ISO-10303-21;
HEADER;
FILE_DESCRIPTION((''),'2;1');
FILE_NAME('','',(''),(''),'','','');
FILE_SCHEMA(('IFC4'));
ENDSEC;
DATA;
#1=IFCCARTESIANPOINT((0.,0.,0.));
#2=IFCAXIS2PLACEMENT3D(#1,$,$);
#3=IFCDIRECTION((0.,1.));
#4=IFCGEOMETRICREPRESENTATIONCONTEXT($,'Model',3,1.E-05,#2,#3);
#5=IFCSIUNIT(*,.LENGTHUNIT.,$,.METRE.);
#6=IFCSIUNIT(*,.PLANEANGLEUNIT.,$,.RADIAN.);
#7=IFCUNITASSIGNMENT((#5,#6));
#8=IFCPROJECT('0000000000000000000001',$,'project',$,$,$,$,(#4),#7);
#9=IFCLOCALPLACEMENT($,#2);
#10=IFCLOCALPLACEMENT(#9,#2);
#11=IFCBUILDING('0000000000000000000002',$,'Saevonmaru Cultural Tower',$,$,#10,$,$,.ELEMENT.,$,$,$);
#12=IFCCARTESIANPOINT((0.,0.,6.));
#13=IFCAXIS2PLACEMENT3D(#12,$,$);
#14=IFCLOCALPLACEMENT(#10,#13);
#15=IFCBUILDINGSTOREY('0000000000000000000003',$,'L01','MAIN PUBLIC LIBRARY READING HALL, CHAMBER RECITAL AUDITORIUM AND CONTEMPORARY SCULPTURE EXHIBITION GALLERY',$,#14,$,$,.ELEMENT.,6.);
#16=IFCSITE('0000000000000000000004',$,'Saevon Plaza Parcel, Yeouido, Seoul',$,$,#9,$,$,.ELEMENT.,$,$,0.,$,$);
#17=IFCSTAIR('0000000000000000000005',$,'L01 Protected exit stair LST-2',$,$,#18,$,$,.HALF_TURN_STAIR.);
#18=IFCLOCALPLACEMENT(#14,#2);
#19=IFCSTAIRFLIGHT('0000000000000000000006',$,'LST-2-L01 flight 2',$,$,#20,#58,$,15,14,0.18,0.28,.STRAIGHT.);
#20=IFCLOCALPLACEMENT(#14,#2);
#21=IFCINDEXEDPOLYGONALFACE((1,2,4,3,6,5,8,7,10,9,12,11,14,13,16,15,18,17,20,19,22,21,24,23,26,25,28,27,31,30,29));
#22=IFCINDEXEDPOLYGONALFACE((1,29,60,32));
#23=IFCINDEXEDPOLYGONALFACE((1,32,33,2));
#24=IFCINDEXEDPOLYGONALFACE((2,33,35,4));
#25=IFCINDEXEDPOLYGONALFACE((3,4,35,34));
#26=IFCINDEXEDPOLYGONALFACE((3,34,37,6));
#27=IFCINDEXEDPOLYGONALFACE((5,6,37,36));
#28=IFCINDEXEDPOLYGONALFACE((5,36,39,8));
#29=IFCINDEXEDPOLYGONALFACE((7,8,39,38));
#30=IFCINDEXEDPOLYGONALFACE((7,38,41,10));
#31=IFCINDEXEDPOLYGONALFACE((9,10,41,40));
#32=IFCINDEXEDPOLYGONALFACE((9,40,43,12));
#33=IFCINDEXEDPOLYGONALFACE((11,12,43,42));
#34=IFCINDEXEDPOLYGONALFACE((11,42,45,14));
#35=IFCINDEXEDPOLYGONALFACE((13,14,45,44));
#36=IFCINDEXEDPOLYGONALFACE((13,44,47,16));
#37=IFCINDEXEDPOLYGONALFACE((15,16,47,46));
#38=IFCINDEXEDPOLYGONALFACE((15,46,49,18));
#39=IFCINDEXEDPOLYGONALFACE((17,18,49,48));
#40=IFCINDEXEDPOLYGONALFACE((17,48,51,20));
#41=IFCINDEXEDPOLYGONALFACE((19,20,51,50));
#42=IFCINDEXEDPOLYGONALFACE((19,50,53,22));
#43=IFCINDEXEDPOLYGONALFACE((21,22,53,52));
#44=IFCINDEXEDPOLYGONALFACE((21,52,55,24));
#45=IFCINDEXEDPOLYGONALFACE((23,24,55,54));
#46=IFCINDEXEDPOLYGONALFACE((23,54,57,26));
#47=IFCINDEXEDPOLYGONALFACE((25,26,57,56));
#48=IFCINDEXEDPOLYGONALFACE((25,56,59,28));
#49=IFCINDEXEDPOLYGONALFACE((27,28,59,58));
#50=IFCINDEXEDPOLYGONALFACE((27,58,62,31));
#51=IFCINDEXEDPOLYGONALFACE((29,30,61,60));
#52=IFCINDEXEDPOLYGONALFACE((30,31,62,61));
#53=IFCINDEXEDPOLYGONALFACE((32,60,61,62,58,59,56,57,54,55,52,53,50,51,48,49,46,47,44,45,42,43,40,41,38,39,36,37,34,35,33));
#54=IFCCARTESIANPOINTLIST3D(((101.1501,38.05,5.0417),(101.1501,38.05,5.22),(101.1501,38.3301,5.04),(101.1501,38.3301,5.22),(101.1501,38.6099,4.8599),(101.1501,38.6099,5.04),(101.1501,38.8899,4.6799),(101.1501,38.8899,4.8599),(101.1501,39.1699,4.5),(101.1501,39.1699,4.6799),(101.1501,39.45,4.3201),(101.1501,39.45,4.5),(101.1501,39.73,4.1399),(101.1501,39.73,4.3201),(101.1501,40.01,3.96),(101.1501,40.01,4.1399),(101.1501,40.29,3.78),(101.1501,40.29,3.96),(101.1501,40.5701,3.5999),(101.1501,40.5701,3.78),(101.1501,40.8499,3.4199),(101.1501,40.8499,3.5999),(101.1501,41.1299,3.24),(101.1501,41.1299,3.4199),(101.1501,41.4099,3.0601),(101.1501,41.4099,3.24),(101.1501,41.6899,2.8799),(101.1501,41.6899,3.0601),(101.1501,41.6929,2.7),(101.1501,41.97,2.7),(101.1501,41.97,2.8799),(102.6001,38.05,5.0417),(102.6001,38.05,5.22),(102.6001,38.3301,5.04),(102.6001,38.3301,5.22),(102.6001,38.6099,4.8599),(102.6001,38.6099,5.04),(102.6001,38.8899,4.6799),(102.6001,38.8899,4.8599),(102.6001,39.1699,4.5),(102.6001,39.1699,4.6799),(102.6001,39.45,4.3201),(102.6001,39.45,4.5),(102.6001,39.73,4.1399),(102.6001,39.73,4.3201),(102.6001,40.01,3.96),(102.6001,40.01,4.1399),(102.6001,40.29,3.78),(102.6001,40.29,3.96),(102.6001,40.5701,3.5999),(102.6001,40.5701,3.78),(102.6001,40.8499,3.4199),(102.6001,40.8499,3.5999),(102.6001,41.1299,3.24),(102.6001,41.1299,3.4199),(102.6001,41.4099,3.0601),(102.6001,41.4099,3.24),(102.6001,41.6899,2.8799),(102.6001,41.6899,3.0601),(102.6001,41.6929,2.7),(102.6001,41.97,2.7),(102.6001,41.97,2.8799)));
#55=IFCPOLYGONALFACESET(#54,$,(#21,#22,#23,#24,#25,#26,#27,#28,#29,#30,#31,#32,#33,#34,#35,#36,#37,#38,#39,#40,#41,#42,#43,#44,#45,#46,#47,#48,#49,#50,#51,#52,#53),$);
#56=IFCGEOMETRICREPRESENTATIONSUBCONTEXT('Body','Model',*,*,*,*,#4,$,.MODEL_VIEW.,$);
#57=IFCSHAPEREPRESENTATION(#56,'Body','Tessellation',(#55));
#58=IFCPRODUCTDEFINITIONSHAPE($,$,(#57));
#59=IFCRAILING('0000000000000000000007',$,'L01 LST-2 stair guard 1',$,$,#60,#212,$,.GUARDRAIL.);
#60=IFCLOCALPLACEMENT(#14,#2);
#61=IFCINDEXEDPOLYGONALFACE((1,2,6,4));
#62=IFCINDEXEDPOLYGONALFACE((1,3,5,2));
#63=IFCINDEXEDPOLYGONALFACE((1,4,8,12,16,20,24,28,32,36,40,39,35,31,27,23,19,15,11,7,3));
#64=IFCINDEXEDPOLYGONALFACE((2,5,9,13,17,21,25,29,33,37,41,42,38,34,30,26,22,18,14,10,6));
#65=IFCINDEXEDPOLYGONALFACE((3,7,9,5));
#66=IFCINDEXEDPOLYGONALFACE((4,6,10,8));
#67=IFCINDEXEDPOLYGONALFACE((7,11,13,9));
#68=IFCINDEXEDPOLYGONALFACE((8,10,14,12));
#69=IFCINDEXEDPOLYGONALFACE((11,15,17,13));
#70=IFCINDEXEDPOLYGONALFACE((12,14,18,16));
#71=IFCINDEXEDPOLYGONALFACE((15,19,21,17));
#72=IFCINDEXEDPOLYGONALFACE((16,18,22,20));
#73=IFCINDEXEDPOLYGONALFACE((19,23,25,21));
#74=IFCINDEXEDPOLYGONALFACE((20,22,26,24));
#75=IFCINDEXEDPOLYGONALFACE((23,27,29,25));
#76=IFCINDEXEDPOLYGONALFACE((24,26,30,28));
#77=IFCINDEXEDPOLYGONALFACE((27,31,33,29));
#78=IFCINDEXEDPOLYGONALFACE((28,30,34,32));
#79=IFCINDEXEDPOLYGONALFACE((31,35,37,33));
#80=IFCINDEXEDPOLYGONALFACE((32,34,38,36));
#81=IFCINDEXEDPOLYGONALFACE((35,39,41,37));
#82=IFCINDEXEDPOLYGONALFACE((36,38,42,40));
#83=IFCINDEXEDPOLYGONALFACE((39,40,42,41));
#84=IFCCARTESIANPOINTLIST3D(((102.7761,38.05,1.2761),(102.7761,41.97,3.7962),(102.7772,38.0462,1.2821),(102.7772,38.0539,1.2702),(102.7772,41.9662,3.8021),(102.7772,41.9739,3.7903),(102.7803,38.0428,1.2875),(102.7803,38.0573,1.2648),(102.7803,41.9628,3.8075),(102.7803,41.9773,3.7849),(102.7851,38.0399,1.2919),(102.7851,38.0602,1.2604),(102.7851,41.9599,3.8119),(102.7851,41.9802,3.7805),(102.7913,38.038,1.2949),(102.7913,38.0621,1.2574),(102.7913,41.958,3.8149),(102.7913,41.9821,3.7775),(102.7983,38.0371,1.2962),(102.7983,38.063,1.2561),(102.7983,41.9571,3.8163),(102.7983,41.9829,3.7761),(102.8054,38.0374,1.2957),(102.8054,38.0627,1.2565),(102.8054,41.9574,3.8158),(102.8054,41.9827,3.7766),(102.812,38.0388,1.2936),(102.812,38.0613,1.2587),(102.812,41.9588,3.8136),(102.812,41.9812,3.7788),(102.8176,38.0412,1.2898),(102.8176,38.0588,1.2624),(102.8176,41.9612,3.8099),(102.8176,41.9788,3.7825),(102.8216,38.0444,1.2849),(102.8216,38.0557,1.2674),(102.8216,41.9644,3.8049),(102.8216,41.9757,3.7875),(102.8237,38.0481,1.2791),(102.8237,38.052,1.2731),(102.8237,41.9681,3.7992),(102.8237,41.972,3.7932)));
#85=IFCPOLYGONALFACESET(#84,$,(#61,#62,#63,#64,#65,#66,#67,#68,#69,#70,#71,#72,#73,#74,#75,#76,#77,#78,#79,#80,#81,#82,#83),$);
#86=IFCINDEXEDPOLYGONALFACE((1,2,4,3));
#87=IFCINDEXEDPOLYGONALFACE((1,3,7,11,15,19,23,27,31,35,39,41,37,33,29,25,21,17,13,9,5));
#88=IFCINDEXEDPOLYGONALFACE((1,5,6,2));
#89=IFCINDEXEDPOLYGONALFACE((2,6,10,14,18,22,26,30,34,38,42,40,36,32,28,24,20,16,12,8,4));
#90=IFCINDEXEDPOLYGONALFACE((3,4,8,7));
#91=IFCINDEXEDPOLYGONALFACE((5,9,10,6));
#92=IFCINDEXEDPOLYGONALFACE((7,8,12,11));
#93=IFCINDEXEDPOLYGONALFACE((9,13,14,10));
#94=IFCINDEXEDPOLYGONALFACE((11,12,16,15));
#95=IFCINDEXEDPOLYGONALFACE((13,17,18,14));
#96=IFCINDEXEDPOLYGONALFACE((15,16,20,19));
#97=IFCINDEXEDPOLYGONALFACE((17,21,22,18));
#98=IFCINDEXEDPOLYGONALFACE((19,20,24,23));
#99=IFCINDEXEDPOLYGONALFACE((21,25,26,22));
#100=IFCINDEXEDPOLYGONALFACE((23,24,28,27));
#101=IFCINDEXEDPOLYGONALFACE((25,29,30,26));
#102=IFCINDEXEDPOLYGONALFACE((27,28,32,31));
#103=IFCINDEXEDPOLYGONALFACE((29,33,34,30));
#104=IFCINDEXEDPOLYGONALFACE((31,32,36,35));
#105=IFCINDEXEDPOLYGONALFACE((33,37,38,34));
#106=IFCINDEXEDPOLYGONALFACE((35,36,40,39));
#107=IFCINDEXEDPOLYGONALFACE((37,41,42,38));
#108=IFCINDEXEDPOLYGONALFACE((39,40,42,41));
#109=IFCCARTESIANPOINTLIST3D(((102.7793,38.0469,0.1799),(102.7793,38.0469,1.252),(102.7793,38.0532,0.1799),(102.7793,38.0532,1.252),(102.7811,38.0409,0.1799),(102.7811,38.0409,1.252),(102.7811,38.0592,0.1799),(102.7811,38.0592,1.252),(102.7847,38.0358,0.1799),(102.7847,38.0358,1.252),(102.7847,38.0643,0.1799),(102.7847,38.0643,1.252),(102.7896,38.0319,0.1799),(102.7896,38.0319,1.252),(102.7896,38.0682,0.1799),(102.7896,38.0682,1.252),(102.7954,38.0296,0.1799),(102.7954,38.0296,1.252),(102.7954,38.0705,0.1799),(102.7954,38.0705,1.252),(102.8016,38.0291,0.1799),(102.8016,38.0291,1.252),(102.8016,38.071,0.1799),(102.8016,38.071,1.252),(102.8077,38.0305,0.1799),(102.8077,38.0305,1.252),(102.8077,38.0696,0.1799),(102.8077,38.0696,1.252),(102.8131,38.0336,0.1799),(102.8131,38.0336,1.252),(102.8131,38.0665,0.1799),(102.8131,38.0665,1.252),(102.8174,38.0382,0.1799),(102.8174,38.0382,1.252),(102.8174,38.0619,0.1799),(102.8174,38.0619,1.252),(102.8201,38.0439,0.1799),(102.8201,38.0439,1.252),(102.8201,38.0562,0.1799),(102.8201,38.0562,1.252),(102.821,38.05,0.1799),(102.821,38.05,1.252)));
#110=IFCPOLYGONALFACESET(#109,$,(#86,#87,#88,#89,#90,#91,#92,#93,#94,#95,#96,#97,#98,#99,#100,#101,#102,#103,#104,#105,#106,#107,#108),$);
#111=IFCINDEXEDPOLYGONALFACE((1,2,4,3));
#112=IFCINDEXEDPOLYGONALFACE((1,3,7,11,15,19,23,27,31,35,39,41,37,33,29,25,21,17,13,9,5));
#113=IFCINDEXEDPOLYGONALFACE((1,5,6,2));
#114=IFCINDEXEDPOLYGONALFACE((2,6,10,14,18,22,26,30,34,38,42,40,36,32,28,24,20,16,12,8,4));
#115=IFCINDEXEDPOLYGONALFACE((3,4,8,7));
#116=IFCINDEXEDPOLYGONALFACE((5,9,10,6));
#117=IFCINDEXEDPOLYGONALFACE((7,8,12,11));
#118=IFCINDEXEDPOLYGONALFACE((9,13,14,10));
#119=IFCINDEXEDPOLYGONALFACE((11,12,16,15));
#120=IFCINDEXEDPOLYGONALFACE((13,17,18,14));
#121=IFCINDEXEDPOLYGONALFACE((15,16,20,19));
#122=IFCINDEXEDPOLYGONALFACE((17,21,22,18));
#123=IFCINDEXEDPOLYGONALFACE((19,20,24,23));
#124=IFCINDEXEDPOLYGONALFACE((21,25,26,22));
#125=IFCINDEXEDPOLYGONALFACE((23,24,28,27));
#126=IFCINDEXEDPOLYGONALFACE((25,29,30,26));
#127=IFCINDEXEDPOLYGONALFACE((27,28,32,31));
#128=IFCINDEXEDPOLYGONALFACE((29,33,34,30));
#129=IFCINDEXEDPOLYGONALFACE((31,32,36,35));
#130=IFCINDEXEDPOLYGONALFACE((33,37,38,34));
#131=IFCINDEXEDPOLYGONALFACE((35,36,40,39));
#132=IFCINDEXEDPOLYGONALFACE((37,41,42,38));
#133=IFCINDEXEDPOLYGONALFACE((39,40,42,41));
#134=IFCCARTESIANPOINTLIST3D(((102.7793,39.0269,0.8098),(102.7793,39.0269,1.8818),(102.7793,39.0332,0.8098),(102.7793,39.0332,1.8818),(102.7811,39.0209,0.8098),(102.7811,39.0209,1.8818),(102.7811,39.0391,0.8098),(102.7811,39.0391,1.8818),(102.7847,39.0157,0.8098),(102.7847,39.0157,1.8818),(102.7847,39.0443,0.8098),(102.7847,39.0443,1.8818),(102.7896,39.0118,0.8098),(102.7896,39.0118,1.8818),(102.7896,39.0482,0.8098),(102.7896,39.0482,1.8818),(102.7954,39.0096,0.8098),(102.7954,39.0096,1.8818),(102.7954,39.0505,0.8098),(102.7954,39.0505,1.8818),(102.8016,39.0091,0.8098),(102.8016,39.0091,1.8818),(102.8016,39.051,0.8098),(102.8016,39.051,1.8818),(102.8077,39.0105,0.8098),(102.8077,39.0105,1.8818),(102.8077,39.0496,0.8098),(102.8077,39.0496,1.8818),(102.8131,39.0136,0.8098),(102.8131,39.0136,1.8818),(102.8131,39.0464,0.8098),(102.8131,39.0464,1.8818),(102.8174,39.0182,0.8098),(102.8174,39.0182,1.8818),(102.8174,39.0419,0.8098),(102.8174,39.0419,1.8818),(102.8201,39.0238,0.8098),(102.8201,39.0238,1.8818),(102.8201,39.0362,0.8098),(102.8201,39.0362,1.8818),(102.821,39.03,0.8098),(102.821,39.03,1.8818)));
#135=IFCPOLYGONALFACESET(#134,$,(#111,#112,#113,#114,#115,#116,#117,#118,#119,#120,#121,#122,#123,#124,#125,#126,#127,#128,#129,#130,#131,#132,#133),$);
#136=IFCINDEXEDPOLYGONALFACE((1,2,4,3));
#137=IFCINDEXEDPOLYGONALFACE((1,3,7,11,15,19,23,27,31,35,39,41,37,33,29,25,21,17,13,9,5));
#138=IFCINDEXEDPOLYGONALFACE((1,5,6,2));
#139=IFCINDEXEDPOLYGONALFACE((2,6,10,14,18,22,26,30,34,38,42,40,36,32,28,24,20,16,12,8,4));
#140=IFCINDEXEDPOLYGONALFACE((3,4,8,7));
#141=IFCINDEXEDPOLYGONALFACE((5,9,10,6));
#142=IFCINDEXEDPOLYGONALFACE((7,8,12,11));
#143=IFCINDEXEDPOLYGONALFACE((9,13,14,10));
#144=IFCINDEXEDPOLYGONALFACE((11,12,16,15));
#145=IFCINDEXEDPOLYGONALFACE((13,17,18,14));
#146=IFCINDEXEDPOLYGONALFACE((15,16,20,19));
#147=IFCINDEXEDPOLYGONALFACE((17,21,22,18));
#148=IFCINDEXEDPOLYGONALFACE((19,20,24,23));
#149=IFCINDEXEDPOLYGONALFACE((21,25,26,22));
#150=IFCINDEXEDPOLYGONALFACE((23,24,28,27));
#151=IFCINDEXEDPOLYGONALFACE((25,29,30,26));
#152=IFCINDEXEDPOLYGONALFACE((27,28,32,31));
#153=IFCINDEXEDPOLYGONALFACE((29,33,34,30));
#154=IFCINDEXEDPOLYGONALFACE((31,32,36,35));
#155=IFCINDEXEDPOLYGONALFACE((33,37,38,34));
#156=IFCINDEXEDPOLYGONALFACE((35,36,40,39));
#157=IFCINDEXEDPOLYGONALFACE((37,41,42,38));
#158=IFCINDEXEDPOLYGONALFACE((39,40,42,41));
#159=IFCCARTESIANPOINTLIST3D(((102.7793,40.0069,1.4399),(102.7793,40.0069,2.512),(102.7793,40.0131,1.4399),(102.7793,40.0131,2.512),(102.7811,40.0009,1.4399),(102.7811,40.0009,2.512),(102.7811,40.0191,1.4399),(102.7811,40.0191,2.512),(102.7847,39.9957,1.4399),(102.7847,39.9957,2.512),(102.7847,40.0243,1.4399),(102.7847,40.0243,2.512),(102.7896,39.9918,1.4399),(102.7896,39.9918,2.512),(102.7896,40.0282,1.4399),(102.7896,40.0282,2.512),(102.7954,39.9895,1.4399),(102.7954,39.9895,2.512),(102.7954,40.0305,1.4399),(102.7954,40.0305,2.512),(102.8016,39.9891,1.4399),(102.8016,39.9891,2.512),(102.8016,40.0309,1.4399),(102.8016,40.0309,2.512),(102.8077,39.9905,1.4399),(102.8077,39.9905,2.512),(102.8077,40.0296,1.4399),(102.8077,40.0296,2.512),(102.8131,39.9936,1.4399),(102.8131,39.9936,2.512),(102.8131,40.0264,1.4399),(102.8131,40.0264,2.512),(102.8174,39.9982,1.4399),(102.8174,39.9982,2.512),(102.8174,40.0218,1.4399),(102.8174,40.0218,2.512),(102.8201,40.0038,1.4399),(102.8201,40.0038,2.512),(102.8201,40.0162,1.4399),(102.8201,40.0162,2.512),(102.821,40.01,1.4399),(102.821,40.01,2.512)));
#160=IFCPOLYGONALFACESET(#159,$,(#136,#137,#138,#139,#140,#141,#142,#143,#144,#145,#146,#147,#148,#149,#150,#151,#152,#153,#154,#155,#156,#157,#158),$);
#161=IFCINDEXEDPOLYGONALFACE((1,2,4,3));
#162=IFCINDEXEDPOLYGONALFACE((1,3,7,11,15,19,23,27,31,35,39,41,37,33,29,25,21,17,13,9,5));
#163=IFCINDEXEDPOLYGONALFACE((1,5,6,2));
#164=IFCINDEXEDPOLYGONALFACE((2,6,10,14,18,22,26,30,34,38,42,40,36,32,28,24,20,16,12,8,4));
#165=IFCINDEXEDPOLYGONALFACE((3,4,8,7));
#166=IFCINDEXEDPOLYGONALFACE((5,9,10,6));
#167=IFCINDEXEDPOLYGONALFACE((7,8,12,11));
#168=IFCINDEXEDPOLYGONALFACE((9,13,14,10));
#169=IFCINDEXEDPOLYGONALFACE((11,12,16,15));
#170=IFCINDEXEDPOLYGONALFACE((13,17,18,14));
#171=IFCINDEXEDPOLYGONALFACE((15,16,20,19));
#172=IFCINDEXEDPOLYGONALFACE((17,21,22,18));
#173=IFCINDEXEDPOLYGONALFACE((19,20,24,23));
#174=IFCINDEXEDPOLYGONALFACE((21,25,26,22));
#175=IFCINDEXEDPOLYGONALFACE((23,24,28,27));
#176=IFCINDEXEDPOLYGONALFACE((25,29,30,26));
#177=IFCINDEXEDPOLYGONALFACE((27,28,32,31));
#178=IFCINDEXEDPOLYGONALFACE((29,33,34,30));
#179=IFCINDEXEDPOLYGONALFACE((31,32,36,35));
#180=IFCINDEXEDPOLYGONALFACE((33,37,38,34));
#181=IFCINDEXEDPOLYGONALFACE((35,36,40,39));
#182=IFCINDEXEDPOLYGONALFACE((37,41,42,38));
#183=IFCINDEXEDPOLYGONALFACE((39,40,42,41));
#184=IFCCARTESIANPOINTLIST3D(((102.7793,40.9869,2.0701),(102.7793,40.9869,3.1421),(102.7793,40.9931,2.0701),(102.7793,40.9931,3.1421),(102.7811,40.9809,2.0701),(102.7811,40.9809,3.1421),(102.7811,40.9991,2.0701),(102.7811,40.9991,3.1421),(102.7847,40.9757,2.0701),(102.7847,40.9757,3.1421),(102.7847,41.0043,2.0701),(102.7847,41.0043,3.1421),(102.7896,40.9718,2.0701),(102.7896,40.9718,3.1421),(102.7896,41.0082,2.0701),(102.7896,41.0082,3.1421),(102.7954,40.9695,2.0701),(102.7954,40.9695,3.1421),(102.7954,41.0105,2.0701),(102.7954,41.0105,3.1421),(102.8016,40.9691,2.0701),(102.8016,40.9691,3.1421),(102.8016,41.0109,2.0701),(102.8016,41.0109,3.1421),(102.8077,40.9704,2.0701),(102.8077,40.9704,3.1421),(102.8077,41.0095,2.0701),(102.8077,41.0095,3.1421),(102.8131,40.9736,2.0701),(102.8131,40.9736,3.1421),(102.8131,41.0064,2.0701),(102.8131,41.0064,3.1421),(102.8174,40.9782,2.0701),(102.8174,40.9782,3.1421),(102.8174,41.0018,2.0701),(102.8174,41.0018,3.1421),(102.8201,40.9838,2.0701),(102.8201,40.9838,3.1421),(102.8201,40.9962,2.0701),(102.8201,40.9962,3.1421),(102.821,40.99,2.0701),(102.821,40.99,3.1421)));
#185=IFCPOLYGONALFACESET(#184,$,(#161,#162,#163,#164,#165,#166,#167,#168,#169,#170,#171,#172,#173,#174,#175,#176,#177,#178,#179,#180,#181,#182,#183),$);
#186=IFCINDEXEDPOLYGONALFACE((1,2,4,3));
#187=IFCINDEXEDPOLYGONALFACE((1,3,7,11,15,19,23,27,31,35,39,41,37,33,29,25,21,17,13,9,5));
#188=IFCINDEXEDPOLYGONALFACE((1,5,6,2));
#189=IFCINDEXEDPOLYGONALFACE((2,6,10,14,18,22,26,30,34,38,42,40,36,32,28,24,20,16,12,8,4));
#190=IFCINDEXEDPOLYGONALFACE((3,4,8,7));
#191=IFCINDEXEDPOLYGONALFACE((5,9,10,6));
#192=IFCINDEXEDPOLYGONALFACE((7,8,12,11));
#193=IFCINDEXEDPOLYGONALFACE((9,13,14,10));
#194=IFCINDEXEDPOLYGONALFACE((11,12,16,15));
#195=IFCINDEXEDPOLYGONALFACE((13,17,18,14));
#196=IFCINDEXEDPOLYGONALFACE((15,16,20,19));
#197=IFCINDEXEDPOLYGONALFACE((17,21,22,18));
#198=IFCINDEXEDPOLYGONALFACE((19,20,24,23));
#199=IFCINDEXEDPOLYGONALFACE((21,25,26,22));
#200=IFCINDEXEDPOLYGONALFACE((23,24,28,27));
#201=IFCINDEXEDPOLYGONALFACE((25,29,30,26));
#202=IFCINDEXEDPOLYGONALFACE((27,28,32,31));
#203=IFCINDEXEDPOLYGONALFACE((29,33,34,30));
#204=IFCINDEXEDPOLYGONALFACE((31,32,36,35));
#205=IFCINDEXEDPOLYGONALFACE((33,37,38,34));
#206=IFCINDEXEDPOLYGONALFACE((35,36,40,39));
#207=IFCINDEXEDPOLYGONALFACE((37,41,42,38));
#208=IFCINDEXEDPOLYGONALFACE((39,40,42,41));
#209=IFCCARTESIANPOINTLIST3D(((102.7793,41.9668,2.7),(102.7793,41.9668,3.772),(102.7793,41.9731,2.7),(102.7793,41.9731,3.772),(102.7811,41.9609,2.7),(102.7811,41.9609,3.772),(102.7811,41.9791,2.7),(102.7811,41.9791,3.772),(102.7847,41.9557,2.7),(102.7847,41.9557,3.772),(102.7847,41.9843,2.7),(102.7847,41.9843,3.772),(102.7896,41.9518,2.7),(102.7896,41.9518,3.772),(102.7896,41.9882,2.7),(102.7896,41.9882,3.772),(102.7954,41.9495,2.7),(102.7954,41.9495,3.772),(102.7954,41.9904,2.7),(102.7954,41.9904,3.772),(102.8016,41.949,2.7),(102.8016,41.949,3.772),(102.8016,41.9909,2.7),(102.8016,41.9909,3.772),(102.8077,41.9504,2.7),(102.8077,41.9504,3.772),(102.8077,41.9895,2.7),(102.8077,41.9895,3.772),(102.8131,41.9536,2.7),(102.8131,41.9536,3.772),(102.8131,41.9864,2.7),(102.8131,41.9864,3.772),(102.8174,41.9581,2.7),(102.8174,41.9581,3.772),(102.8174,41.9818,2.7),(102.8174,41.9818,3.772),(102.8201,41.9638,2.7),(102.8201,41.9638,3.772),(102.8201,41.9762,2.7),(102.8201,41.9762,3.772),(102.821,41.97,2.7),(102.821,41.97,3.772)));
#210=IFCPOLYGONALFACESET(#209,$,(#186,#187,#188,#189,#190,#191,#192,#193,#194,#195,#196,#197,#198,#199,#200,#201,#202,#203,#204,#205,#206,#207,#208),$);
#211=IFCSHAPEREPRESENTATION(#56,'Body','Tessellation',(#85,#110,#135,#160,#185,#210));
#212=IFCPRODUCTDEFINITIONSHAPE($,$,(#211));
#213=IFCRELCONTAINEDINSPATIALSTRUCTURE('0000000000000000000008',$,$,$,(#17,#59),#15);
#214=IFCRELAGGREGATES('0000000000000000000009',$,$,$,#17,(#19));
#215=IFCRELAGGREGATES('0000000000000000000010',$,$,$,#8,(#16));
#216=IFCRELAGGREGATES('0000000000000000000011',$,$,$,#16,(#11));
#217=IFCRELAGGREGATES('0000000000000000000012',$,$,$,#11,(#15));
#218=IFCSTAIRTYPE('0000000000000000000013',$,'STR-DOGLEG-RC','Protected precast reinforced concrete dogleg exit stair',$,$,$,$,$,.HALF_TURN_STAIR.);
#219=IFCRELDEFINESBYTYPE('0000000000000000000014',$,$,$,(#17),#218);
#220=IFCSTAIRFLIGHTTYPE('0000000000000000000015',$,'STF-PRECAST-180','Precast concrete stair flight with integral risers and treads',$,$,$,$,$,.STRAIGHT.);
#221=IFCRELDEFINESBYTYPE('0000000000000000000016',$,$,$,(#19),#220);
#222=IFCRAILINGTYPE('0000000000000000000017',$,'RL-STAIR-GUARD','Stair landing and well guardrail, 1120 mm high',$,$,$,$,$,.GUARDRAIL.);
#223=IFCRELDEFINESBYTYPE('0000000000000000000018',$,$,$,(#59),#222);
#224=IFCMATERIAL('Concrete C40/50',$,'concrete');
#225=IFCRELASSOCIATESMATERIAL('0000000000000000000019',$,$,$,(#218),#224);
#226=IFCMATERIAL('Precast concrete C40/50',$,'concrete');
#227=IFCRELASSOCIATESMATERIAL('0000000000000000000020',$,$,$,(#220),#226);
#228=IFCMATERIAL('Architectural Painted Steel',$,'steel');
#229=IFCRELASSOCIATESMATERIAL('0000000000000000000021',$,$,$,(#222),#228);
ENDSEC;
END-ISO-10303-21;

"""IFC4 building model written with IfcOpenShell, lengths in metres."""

from ifc_helpers import new_model, si_unit, direction, frame, origin, origin_2d, place, context, subcontext, project, spatial, polyline, circle, outline, extrude, material, type_object, element, aggregate, save


model = new_model("IFC4")

# Units and contexts
model_context = context("Model", 3, precision=1e-05, world=origin(), true_north=direction((0.0, 1.0)))
body_context = subcontext(model_context, "Body", "Model", "MODEL_VIEW")
ifc_project = project(units=[si_unit("LENGTHUNIT", "METRE"), si_unit("PLANEANGLEUNIT", "RADIAN")], contexts=[model_context])

# Site, building, storey
site_placement = place(None, origin())
site = spatial("IfcSite", under=ifc_project, at=site_placement, Name="Saevon Plaza Parcel, Yeouido, Seoul", CompositionType="ELEMENT", RefElevation=0.0)
building_placement = place(site_placement, origin())
building = spatial("IfcBuilding", under=site, at=building_placement, Name="Saevonmaru Cultural Tower", CompositionType="ELEMENT")
storey_placement = place(building_placement, frame((0.0, 0.0, 6.0)))
storey = spatial("IfcBuildingStorey", under=building, at=storey_placement, Name="L01", Description="MAIN PUBLIC LIBRARY READING HALL, CHAMBER RECITAL AUDITORIUM AND CONTEMPORARY SCULPTURE EXHIBITION GALLERY", CompositionType="ELEMENT", Elevation=6.0)

# Shared definitions
ifc_material_1 = material(Name="Concrete C40/50", Category="concrete")

# Stair, stair flight
stair_type = type_object("IfcStairType", Name="STR-DOGLEG-RC", Description="Protected precast reinforced concrete dogleg exit stair", PredefinedType="HALF_TURN_STAIR", material=ifc_material_1)
stair_placement = place(storey_placement, origin())
stair = element("IfcStair", 1, at=stair_placement, inside=storey, type_object=stair_type, Name="L01 Protected exit stair LST-2", PredefinedType="HALF_TURN_STAIR")
ifc_material_2 = material(Name="Precast concrete C40/50", Category="concrete")
stair_flight_type = type_object("IfcStairFlightType", Name="STF-PRECAST-180", Description="Precast concrete stair flight with integral risers and treads", PredefinedType="STRAIGHT", material=ifc_material_2)
stair_flight_1_placement = place(storey_placement, frame((101.875, 41.97, 2.7), z_axis=(0.0, 0.0, 1.0), x_axis=(0.0, -1.0, 0.0)))
stair_flight_1 = element("IfcStairFlight", 2, at=stair_flight_1_placement, type_object=stair_flight_type, Name="LST-2-L01 flight 2", NumberOfRisers=15, NumberOfTreads=14, PredefinedType="STRAIGHT", RiserHeight=0.18, TreadLength=0.28, context=body_context, shape_type="SweptSolid", body=[
    extrude(outline(polyline([(0.0, 0.0), (0.0, 0.1799), (0.28, 0.1799), (0.28, 0.3601), (0.5601, 0.3601), (0.5601, 0.54), (0.8401, 0.54), (0.8401, 0.72), (1.1201, 0.72), (1.1201, 0.8999), (1.3999, 0.8999), (1.3999, 1.0801), (1.6799, 1.0801), (1.6799, 1.26), (1.96, 1.26), (1.96, 1.4399), (2.24, 1.4399), (2.24, 1.6201), (2.52, 1.6201), (2.52, 1.8), (2.8, 1.8), (2.8, 1.98), (3.0801, 1.98), (3.0801, 2.1599), (3.3601, 2.1599), (3.3601, 2.3401), (3.6399, 2.3401), (3.6399, 2.52), (3.9199, 2.52), (3.9199, 2.7), (3.9199, 2.3418), (0.2771, 0.0), (0.0, 0.0)])), frame((0.0, 0.7251, 0.0), z_axis=(0.0, -1.0, 0.0), x_axis=(1.0, 0.0, 0.0)), (0.0, 0.0, 1.0), 1.45),
])
aggregate(stair, [stair_flight_1])

# Railing
ifc_material_3 = material(Name="Architectural Painted Steel", Category="steel")
railing_type_1 = type_object("IfcRailingType", Name="RL-STAIR-GUARD", Description="Stair landing and well guardrail, 1120 mm high", PredefinedType="GUARDRAIL", material=ifc_material_3)
railing_1_placement = place(storey_placement, frame((102.8, 38.05, 0.1799)))
element("IfcRailing", 3, at=railing_1_placement, inside=storey, type_object=railing_type_1, Name="L01 LST-2 stair guard 1", PredefinedType="GUARDRAIL", context=body_context, shape_type="SweptSolid", body=[
    extrude(circle(Radius=0.0239, at=origin_2d()), frame((0.0, 0.0, 1.0962), z_axis=(0.0, 0.841172, 0.540768), x_axis=(-1.0, 0.0, 0.0)), (0.0, 0.0, 1.0), 4.6602),
    extrude(circle(Radius=0.021, at=origin_2d()), origin(), (0.0, 0.0, 1.0), 1.072),
    extrude(circle(Radius=0.021, at=origin_2d()), frame((0.0, 0.98, 0.6299)), (0.0, 0.0, 1.0), 1.072),
    extrude(circle(Radius=0.021, at=origin_2d()), frame((0.0, 1.96, 1.26)), (0.0, 0.0, 1.0), 1.072),
    extrude(circle(Radius=0.021, at=origin_2d()), frame((0.0, 2.9399, 1.8901)), (0.0, 0.0, 1.0), 1.072),
    extrude(circle(Radius=0.021, at=origin_2d()), frame((0.0, 3.9199, 2.52)), (0.0, 0.0, 1.0), 1.072),
])

save(model, "model.ifc")
